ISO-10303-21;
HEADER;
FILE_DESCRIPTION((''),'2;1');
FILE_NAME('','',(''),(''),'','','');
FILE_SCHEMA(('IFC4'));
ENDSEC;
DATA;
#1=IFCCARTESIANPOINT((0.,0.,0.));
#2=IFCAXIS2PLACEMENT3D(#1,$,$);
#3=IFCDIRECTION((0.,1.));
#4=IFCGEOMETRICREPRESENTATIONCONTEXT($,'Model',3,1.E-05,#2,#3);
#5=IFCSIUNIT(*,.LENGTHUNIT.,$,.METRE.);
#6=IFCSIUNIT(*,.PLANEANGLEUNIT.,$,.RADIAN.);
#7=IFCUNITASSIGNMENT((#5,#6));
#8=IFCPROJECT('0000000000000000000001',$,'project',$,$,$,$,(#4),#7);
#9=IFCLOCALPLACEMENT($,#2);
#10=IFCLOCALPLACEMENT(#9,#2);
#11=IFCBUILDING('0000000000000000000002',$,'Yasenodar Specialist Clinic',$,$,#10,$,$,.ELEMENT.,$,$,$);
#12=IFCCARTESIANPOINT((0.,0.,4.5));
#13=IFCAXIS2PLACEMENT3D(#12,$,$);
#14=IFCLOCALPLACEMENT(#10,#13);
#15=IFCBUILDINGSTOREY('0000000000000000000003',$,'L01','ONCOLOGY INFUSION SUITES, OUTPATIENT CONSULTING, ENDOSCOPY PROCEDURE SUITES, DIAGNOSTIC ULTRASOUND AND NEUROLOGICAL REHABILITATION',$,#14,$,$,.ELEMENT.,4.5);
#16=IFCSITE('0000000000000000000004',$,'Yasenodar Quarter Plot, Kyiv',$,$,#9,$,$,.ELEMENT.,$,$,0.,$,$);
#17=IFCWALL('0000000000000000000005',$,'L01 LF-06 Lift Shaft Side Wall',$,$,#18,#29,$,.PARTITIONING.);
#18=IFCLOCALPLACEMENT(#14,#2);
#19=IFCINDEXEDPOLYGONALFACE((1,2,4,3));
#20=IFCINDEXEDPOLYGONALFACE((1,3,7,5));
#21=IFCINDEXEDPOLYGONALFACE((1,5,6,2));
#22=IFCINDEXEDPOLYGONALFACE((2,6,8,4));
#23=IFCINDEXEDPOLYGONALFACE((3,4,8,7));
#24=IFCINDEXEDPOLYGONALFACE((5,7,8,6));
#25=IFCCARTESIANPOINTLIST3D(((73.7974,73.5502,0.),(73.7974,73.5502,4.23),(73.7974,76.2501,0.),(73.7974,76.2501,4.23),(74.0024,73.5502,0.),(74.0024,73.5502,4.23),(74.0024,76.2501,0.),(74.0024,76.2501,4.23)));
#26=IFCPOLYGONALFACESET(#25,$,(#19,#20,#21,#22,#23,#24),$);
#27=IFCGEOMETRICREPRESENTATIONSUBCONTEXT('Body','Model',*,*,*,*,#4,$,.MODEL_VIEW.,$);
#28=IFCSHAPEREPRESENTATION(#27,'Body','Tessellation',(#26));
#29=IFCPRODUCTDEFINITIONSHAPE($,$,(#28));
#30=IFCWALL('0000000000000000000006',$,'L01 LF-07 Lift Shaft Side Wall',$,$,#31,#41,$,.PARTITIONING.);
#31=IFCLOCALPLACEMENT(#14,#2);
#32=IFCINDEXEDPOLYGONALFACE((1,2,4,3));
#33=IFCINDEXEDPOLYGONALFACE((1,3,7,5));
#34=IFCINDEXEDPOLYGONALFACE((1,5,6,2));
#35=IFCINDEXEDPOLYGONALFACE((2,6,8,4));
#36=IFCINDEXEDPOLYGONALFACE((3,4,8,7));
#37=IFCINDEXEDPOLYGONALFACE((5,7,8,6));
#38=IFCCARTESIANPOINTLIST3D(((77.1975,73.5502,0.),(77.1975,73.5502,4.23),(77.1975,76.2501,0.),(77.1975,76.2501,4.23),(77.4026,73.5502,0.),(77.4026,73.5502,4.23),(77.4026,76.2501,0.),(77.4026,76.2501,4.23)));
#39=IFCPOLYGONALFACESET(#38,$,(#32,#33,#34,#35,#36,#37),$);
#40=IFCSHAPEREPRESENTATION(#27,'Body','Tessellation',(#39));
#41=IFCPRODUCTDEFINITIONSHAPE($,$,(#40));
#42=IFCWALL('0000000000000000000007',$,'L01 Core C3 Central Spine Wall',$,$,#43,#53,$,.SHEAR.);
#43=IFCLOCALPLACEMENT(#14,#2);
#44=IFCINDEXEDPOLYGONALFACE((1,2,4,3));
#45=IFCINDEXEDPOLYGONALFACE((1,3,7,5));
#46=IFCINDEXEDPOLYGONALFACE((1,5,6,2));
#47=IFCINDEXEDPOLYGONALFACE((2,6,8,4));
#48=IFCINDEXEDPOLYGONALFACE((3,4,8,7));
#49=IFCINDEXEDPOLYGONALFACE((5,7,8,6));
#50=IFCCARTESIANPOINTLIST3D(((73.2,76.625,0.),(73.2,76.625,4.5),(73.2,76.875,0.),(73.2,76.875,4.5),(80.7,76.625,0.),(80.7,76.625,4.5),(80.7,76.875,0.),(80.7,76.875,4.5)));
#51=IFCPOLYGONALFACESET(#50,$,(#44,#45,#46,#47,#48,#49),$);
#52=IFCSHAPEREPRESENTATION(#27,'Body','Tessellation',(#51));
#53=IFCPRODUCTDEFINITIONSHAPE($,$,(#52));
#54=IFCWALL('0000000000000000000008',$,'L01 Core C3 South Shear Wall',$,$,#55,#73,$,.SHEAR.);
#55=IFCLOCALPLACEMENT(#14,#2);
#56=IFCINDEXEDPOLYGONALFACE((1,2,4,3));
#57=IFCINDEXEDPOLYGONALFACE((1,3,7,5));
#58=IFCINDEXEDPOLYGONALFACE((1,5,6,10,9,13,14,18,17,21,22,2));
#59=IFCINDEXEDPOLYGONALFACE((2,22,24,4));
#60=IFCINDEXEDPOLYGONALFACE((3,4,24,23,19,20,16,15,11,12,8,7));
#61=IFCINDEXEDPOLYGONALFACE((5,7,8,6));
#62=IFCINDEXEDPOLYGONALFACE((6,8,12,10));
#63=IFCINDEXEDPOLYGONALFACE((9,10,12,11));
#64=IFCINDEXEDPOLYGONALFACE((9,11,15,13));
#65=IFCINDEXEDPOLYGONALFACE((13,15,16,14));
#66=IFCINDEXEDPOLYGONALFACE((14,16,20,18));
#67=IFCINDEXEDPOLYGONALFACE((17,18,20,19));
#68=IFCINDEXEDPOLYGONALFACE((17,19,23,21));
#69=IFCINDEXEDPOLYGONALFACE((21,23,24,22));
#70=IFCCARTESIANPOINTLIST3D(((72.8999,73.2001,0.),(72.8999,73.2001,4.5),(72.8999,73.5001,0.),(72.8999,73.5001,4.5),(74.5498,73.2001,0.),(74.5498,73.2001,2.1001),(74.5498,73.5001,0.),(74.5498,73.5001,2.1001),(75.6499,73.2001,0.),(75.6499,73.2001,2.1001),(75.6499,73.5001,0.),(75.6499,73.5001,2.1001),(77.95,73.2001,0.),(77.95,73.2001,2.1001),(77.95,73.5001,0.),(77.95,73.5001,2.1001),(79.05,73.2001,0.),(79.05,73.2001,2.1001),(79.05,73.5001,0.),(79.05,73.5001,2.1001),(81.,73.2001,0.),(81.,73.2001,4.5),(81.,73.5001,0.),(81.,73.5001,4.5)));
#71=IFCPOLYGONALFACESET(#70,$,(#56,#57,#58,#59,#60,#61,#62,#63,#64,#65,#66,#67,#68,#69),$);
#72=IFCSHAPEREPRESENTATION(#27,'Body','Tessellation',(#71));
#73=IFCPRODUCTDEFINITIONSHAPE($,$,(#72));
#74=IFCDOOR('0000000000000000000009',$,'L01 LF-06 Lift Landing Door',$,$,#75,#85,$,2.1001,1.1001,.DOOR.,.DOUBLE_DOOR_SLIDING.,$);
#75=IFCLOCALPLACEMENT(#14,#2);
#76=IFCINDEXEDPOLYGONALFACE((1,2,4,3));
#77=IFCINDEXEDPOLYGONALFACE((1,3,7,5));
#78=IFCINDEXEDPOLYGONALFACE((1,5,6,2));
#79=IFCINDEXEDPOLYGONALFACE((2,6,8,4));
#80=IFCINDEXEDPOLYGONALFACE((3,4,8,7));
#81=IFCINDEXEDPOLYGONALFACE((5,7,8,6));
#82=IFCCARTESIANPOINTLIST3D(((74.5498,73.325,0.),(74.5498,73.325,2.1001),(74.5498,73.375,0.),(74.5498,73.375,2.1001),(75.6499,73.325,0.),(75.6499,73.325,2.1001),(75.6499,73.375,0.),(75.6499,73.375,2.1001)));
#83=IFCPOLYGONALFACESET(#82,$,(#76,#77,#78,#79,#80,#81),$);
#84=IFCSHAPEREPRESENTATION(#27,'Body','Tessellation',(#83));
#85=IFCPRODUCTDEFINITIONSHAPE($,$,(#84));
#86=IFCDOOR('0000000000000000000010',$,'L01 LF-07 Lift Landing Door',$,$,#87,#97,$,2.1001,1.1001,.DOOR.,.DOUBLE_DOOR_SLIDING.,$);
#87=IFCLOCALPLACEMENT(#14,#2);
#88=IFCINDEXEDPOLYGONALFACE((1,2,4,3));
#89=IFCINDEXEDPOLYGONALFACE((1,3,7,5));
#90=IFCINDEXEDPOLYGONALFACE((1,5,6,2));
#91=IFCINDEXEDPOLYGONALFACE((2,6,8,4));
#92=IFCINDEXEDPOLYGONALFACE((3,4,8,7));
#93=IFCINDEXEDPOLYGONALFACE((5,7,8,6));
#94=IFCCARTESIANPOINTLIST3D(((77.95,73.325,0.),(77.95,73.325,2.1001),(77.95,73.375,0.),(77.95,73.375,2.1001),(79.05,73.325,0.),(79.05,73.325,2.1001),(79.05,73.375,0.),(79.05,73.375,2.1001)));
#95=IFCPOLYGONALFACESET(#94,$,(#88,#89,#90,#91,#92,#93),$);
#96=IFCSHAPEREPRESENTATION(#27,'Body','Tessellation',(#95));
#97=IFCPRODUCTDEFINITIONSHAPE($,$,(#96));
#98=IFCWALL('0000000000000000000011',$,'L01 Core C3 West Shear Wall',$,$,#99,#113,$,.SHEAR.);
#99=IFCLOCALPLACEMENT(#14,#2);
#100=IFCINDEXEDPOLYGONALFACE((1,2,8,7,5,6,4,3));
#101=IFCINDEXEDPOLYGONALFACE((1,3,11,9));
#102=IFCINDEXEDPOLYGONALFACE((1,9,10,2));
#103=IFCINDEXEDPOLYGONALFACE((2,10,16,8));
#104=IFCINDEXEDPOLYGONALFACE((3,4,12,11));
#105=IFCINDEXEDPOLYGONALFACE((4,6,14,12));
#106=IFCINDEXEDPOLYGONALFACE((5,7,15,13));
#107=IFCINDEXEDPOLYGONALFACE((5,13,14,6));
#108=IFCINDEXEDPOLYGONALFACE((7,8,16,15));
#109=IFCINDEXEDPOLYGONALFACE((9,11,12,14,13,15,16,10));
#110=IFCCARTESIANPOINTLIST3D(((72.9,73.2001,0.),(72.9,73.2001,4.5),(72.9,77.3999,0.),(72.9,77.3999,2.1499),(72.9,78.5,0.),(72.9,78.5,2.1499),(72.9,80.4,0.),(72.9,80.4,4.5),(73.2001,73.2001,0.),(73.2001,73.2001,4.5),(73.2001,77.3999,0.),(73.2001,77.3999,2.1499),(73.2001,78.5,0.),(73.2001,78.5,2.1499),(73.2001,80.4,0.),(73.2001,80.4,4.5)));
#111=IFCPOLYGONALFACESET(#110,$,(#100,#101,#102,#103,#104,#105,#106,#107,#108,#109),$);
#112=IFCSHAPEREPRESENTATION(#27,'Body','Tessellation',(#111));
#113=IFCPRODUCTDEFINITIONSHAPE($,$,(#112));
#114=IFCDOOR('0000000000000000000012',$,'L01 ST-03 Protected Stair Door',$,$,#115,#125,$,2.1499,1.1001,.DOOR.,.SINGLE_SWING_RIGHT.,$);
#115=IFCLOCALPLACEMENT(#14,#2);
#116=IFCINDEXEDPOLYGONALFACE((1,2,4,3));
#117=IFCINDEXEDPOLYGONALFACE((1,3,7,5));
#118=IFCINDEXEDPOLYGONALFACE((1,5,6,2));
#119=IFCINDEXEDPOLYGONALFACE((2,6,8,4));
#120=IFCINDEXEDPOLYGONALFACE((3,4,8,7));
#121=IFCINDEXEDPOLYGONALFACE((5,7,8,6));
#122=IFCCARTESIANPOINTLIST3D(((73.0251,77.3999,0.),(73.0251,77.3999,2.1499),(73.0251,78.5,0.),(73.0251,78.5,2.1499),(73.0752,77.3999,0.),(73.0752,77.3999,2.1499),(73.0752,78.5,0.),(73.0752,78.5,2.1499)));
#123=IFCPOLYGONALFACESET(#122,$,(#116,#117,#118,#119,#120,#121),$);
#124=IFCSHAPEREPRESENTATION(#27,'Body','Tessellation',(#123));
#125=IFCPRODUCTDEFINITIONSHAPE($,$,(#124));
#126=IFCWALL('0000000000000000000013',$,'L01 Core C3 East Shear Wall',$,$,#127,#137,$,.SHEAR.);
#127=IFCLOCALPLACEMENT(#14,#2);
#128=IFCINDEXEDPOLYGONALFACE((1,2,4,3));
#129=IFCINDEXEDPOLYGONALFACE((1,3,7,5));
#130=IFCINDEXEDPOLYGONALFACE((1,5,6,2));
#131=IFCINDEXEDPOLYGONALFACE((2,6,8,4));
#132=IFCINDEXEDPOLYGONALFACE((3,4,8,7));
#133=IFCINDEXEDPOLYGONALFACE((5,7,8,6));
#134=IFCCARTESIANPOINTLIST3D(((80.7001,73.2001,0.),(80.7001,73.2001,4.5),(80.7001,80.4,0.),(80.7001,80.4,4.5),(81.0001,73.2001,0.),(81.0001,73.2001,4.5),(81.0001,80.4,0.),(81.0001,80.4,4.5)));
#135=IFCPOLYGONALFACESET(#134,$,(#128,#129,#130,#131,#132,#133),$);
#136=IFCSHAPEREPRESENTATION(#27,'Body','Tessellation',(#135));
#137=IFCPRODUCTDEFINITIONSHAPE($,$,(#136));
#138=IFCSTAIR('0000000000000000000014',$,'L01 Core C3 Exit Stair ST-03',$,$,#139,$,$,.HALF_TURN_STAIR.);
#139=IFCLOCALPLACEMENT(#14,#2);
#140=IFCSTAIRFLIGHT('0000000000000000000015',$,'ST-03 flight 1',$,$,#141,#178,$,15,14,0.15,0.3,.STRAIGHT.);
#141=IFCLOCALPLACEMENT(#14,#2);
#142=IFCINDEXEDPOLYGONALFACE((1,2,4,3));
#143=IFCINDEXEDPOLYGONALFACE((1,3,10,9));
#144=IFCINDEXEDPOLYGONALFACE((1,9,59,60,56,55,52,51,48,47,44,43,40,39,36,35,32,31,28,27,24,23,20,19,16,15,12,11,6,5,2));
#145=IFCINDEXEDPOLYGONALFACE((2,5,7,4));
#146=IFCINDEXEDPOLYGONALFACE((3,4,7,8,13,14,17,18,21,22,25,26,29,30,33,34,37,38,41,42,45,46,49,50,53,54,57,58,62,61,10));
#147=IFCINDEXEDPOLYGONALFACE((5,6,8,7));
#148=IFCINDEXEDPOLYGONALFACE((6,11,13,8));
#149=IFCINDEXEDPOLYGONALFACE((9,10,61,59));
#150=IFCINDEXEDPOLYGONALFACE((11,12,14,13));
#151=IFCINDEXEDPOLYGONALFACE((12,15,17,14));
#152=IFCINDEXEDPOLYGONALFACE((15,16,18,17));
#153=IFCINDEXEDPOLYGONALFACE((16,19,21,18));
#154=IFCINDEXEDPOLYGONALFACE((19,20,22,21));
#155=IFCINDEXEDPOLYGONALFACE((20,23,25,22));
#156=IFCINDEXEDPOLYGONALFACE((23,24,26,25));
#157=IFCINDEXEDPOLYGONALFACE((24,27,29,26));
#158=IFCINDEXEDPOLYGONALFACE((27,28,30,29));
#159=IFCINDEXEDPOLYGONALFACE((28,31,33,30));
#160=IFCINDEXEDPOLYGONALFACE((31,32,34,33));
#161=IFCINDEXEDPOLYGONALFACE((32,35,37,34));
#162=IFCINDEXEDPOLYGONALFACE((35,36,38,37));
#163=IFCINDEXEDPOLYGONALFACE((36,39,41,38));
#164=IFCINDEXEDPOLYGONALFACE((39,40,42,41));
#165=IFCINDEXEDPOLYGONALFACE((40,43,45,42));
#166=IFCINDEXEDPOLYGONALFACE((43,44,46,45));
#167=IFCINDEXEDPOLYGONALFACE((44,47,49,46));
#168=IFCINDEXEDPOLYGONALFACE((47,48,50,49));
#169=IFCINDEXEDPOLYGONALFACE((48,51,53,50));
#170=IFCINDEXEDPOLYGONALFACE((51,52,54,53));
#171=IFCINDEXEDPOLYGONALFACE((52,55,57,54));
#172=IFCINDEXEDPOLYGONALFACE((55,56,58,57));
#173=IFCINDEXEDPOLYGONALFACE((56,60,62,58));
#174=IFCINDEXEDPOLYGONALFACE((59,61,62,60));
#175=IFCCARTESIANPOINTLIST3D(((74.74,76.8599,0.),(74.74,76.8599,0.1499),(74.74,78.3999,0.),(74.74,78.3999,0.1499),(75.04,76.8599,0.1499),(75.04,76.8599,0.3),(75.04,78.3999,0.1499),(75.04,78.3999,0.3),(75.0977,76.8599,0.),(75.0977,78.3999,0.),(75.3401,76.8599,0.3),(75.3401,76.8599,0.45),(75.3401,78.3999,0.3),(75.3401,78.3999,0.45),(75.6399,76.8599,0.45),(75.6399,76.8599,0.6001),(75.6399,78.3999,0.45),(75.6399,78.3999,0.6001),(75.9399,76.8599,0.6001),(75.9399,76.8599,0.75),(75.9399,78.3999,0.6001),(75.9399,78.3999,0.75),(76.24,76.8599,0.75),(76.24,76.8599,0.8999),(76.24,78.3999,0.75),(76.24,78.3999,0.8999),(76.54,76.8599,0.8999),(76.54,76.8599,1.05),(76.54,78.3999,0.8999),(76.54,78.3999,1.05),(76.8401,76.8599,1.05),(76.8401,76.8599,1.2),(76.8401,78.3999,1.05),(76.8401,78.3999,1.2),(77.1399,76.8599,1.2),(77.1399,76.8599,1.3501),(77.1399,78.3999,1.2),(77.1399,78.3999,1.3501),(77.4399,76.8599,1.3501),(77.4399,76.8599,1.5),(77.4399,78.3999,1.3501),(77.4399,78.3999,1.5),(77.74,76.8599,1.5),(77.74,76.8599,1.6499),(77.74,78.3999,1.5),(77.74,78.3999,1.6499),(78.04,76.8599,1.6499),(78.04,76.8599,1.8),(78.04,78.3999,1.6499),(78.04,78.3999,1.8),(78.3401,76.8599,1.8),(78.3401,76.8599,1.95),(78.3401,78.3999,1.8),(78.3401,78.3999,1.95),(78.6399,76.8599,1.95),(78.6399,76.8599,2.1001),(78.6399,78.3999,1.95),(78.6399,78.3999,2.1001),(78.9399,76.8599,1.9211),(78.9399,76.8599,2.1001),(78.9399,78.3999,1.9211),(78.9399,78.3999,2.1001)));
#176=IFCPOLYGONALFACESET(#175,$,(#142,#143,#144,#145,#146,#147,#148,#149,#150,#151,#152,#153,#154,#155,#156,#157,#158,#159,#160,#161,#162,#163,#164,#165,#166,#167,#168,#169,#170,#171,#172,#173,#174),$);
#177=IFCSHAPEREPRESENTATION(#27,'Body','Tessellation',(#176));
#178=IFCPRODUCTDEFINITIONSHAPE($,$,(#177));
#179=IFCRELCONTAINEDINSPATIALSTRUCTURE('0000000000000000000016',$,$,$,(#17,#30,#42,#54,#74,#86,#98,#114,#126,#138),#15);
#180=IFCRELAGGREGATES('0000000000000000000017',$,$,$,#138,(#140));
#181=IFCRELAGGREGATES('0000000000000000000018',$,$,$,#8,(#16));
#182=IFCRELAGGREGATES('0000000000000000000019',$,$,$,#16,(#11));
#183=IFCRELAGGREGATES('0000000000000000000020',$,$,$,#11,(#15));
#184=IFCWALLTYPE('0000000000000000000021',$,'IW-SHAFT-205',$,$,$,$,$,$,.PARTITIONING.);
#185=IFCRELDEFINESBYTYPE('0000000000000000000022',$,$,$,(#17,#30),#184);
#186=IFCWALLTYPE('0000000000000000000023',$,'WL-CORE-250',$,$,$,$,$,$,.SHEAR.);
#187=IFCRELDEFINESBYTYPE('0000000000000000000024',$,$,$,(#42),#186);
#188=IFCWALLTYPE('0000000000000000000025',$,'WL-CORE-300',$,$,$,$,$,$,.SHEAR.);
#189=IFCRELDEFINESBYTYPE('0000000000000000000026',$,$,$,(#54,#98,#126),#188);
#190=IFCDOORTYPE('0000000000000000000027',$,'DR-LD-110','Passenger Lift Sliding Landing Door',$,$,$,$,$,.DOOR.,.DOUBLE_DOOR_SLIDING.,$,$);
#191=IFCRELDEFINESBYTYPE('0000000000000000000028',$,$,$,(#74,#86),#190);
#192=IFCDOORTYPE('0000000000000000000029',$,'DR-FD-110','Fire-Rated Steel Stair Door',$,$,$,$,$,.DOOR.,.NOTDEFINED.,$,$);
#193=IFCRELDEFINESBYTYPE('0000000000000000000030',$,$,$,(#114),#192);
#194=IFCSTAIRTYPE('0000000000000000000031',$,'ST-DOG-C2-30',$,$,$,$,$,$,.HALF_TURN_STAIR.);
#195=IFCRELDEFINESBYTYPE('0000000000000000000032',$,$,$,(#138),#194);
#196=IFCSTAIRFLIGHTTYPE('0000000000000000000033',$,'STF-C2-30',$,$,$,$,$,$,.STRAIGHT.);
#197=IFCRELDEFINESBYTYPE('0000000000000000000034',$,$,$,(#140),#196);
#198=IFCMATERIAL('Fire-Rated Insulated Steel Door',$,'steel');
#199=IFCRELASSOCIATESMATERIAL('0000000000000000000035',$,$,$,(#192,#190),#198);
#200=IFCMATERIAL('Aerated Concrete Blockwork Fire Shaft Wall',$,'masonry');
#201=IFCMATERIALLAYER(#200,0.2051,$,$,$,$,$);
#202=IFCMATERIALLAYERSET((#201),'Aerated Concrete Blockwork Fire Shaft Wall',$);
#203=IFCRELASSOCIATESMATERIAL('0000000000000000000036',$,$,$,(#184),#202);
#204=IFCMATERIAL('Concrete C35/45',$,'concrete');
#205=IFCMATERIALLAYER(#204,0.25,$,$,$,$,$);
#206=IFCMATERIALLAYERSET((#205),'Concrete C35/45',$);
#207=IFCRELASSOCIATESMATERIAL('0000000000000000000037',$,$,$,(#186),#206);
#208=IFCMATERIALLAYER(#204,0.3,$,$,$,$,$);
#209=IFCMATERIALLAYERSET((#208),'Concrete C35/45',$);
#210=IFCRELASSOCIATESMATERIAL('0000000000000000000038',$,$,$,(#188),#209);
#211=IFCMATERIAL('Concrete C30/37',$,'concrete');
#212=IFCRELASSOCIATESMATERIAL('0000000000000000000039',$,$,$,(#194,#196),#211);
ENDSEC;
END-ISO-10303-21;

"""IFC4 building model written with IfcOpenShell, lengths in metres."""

from ifc_helpers import new_model, si_unit, direction, frame, frame_2d, origin, place, context, subcontext, project, spatial, polyline, rectangle, outline, extrude, material, layer, layer_set, type_object, element, fill, aggregate, save


model = new_model("IFC4")

# Units and contexts
model_context = context("Model", 3, precision=1e-05, world=origin(), true_north=direction((0.0, 1.0)))
body_context = subcontext(model_context, "Body", "Model", "MODEL_VIEW")
ifc_project = project(units=[si_unit("LENGTHUNIT", "METRE"), si_unit("PLANEANGLEUNIT", "RADIAN")], contexts=[model_context])

# Site, building, storey
site_placement = place(None, origin())
site = spatial("IfcSite", under=ifc_project, at=site_placement, Name="Yasenodar Quarter Plot, Kyiv", CompositionType="ELEMENT", RefElevation=0.0)
building_placement = place(site_placement, origin())
building = spatial("IfcBuilding", under=site, at=building_placement, Name="Yasenodar Specialist Clinic", CompositionType="ELEMENT")
storey_placement = place(building_placement, frame((0.0, 0.0, 4.5)))
storey = spatial("IfcBuildingStorey", under=building, at=storey_placement, Name="L01", Description="ONCOLOGY INFUSION SUITES, OUTPATIENT CONSULTING, ENDOSCOPY PROCEDURE SUITES, DIAGNOSTIC ULTRASOUND AND NEUROLOGICAL REHABILITATION", CompositionType="ELEMENT", Elevation=4.5)

# Shared definitions
ifc_material_1 = material(Name="Fire-Rated Insulated Steel Door", Category="steel")
door_type_1 = type_object("IfcDoorType", Name="DR-FD-110", Description="Fire-Rated Steel Stair Door", OperationType="NOTDEFINED", PredefinedType="DOOR", material=ifc_material_1)

# Walls
ifc_material_2 = material(Name="Aerated Concrete Blockwork Fire Shaft Wall", Category="masonry")
ifc_layer_1 = layer(ifc_material_2, 0.2051)
ifc_layer_set_1 = layer_set([ifc_layer_1], Name="Aerated Concrete Blockwork Fire Shaft Wall")
wall_type_1 = type_object("IfcWallType", Name="IW-SHAFT-205", PredefinedType="PARTITIONING", material=ifc_layer_set_1)
for number, where, z_axis, x_axis, name in (
    (1, (73.8999, 73.55, 0.0), (0.0, 0.0, 1.0), (0.0, 1.0, 0.0), "L01 LF-06 Lift Shaft Side Wall"),
    (2, (77.3, 73.55, 0.0), (0.0, 0.0, 1.0), (0.0, 1.0, 0.0), "L01 LF-07 Lift Shaft Side Wall"),
):
    element("IfcWall", number, at=place(storey_placement, frame(where, z_axis=z_axis, x_axis=x_axis)), inside=storey, type_object=wall_type_1, Name=name, PredefinedType="PARTITIONING", context=body_context, shape_type="SweptSolid", body=[
        extrude(rectangle(XDim=2.7, YDim=0.2051, at=frame_2d((1.3501, 0.0))), origin(), (0.0, 0.0, 1.0), 4.23),
    ])
ifc_material_3 = material(Name="Concrete C35/45", Category="concrete")
ifc_layer_2 = layer(ifc_material_3, 0.25)
ifc_layer_set_2 = layer_set([ifc_layer_2], Name="Concrete C35/45")
wall_type_2 = type_object("IfcWallType", Name="WL-CORE-250", PredefinedType="SHEAR", material=ifc_layer_set_2)
wall_1_placement = place(storey_placement, frame((73.2, 76.75, 0.0), z_axis=(0.0, 0.0, 1.0), x_axis=(1.0, 0.0, 0.0)))
element("IfcWall", 3, at=wall_1_placement, inside=storey, type_object=wall_type_2, Name="L01 Core C3 Central Spine Wall", PredefinedType="SHEAR", context=body_context, shape_type="SweptSolid", body=[
    extrude(rectangle(XDim=7.5, YDim=0.25, at=frame_2d((3.75, 0.0))), origin(), (0.0, 0.0, 1.0), 4.5),
])

# Wall, openings, doors
ifc_layer_3 = layer(ifc_material_3, 0.3)
ifc_layer_set_3 = layer_set([ifc_layer_3], Name="Concrete C35/45")
wall_type_3 = type_object("IfcWallType", Name="WL-CORE-300", PredefinedType="SHEAR", material=ifc_layer_set_3)
wall_2_placement = place(storey_placement, frame((72.8999, 73.3501, 0.0), z_axis=(0.0, 0.0, 1.0), x_axis=(1.0, 0.0, 0.0)))
wall_2 = element("IfcWall", 4, at=wall_2_placement, inside=storey, type_object=wall_type_3, Name="L01 Core C3 South Shear Wall", PredefinedType="SHEAR", context=body_context, shape_type="SweptSolid", body=[
    extrude(rectangle(XDim=8.1001, YDim=0.3, at=frame_2d((4.05, 0.0))), origin(), (0.0, 0.0, 1.0), 4.5),
])
opening_1_placement = place(wall_2_placement, frame((1.6499, 0.0, 0.0)))
opening_1 = element("IfcOpeningElement", 5, at=opening_1_placement, cuts=wall_2, PredefinedType="OPENING", context=body_context, shape_type="SweptSolid", body=[
    extrude(rectangle(XDim=1.1001, YDim=2.1001, at=frame_2d((0.55, 1.05))), frame((0.0, 0.1602, 0.0), z_axis=(0.0, -1.0, 0.0), x_axis=(1.0, 0.0, 0.0)), (0.0, 0.0, 1.0), 0.3201),
])
opening_2_placement = place(wall_2_placement, frame((5.05, 0.0, 0.0)))
opening_2 = element("IfcOpeningElement", 6, at=opening_2_placement, cuts=wall_2, PredefinedType="OPENING", context=body_context, shape_type="SweptSolid", body=[
    extrude(rectangle(XDim=1.1001, YDim=2.1001, at=frame_2d((0.55, 1.05))), frame((0.0, 0.1602, 0.0), z_axis=(0.0, -1.0, 0.0), x_axis=(1.0, 0.0, 0.0)), (0.0, 0.0, 1.0), 0.3201),
])
door_type_2 = type_object("IfcDoorType", Name="DR-LD-110", Description="Passenger Lift Sliding Landing Door", OperationType="DOUBLE_DOOR_SLIDING", PredefinedType="DOOR", material=ifc_material_1)
door_1_placement = place(opening_1_placement, origin())
door_1 = element("IfcDoor", 7, at=door_1_placement, inside=storey, type_object=door_type_2, Name="L01 LF-06 Lift Landing Door", OperationType="DOUBLE_DOOR_SLIDING", OverallHeight=2.1001, OverallWidth=1.1001, PredefinedType="DOOR", context=body_context, shape_type="SweptSolid", body=[
    extrude(rectangle(XDim=1.1001, YDim=2.1001, at=frame_2d((0.55, 1.05))), frame((0.0, 0.0249, 0.0), z_axis=(0.0, -1.0, 0.0), x_axis=(1.0, 0.0, 0.0)), (0.0, 0.0, 1.0), 0.05),
])
fill(opening_1, door_1)
door_2_placement = place(opening_2_placement, origin())
door_2 = element("IfcDoor", 8, at=door_2_placement, inside=storey, type_object=door_type_2, Name="L01 LF-07 Lift Landing Door", OperationType="DOUBLE_DOOR_SLIDING", OverallHeight=2.1001, OverallWidth=1.1001, PredefinedType="DOOR", context=body_context, shape_type="SweptSolid", body=[
    extrude(rectangle(XDim=1.1001, YDim=2.1001, at=frame_2d((0.55, 1.05))), frame((0.0, 0.0249, 0.0), z_axis=(0.0, -1.0, 0.0), x_axis=(1.0, 0.0, 0.0)), (0.0, 0.0, 1.0), 0.05),
])
fill(opening_2, door_2)

# Wall, opening, door
wall_3_placement = place(storey_placement, frame((73.05, 73.2, 0.0), z_axis=(0.0, 0.0, 1.0), x_axis=(0.0, 1.0, 0.0)))
wall_3 = element("IfcWall", 9, at=wall_3_placement, inside=storey, type_object=wall_type_3, Name="L01 Core C3 West Shear Wall", PredefinedType="SHEAR", context=body_context, shape_type="SweptSolid", body=[
    extrude(rectangle(XDim=7.2, YDim=0.3, at=frame_2d((3.6001, 0.0))), origin(), (0.0, 0.0, 1.0), 4.5),
])
opening_3_placement = place(wall_3_placement, frame((4.2, 0.0, 0.0)))
opening_3 = element("IfcOpeningElement", 10, at=opening_3_placement, cuts=wall_3, PredefinedType="OPENING", context=body_context, shape_type="SweptSolid", body=[
    extrude(rectangle(XDim=1.1001, YDim=2.1499, at=frame_2d((0.55, 1.075))), frame((0.0, 0.1602, 0.0), z_axis=(0.0, -1.0, 0.0), x_axis=(1.0, 0.0, 0.0)), (0.0, 0.0, 1.0), 0.3201),
])
door_3_placement = place(opening_3_placement, origin())
door_3 = element("IfcDoor", 11, at=door_3_placement, inside=storey, type_object=door_type_1, Name="L01 ST-03 Protected Stair Door", OperationType="SINGLE_SWING_RIGHT", OverallHeight=2.1499, OverallWidth=1.1001, PredefinedType="DOOR", context=body_context, shape_type="SweptSolid", body=[
    extrude(rectangle(XDim=1.1001, YDim=2.1499, at=frame_2d((0.55, 1.075))), frame((0.0, 0.0249, 0.0), z_axis=(0.0, -1.0, 0.0), x_axis=(1.0, 0.0, 0.0)), (0.0, 0.0, 1.0), 0.05),
])
fill(opening_3, door_3)

# Wall
wall_4_placement = place(storey_placement, frame((80.8501, 73.2, 0.0), z_axis=(0.0, 0.0, 1.0), x_axis=(0.0, 1.0, 0.0)))
element("IfcWall", 12, at=wall_4_placement, inside=storey, type_object=wall_type_3, Name="L01 Core C3 East Shear Wall", PredefinedType="SHEAR", context=body_context, shape_type="SweptSolid", body=[
    extrude(rectangle(XDim=7.2, YDim=0.3, at=frame_2d((3.6001, 0.0))), origin(), (0.0, 0.0, 1.0), 4.5),
])

# Stair, stair flight
ifc_material_4 = material(Name="Concrete C30/37", Category="concrete")
stair_type = type_object("IfcStairType", Name="ST-DOG-C2-30", PredefinedType="HALF_TURN_STAIR", material=ifc_material_4)
stair_placement = place(storey_placement, origin())
stair = element("IfcStair", 13, at=stair_placement, inside=storey, type_object=stair_type, Name="L01 Core C3 Exit Stair ST-03", PredefinedType="HALF_TURN_STAIR")
stair_flight_type = type_object("IfcStairFlightType", Name="STF-C2-30", PredefinedType="STRAIGHT", material=ifc_material_4)
stair_flight_placement = place(storey_placement, frame((74.74, 77.6299, 0.0), z_axis=(0.0, 0.0, 1.0), x_axis=(1.0, 0.0, 0.0)))
stair_flight = element("IfcStairFlight", 14, at=stair_flight_placement, type_object=stair_flight_type, Name="ST-03 flight 1", NumberOfRisers=15, NumberOfTreads=14, PredefinedType="STRAIGHT", RiserHeight=0.15, TreadLength=0.3, context=body_context, shape_type="SweptSolid", body=[
    extrude(outline(polyline([(0.0, 0.0), (0.0, 0.1499), (0.3, 0.1499), (0.3, 0.3), (0.6001, 0.3), (0.6001, 0.45), (0.8999, 0.45), (0.8999, 0.6001), (1.2, 0.6001), (1.2, 0.75), (1.5, 0.75), (1.5, 0.8999), (1.8, 0.8999), (1.8, 1.05), (2.1001, 1.05), (2.1001, 1.2), (2.3999, 1.2), (2.3999, 1.3501), (2.7, 1.3501), (2.7, 1.5), (3.0, 1.5), (3.0, 1.6499), (3.3, 1.6499), (3.3, 1.8), (3.6001, 1.8), (3.6001, 1.95), (3.8999, 1.95), (3.8999, 2.1001), (4.2, 2.1001), (4.2, 2.25), (4.2, 1.9211), (0.3577, 0.0), (0.0, 0.0)])), frame((0.0, 0.77, 0.0), z_axis=(0.0, -1.0, 0.0), x_axis=(1.0, 0.0, 0.0)), (0.0, 0.0, 1.0), 1.54),
])
aggregate(stair, [stair_flight])

save(model, "model.ifc")
